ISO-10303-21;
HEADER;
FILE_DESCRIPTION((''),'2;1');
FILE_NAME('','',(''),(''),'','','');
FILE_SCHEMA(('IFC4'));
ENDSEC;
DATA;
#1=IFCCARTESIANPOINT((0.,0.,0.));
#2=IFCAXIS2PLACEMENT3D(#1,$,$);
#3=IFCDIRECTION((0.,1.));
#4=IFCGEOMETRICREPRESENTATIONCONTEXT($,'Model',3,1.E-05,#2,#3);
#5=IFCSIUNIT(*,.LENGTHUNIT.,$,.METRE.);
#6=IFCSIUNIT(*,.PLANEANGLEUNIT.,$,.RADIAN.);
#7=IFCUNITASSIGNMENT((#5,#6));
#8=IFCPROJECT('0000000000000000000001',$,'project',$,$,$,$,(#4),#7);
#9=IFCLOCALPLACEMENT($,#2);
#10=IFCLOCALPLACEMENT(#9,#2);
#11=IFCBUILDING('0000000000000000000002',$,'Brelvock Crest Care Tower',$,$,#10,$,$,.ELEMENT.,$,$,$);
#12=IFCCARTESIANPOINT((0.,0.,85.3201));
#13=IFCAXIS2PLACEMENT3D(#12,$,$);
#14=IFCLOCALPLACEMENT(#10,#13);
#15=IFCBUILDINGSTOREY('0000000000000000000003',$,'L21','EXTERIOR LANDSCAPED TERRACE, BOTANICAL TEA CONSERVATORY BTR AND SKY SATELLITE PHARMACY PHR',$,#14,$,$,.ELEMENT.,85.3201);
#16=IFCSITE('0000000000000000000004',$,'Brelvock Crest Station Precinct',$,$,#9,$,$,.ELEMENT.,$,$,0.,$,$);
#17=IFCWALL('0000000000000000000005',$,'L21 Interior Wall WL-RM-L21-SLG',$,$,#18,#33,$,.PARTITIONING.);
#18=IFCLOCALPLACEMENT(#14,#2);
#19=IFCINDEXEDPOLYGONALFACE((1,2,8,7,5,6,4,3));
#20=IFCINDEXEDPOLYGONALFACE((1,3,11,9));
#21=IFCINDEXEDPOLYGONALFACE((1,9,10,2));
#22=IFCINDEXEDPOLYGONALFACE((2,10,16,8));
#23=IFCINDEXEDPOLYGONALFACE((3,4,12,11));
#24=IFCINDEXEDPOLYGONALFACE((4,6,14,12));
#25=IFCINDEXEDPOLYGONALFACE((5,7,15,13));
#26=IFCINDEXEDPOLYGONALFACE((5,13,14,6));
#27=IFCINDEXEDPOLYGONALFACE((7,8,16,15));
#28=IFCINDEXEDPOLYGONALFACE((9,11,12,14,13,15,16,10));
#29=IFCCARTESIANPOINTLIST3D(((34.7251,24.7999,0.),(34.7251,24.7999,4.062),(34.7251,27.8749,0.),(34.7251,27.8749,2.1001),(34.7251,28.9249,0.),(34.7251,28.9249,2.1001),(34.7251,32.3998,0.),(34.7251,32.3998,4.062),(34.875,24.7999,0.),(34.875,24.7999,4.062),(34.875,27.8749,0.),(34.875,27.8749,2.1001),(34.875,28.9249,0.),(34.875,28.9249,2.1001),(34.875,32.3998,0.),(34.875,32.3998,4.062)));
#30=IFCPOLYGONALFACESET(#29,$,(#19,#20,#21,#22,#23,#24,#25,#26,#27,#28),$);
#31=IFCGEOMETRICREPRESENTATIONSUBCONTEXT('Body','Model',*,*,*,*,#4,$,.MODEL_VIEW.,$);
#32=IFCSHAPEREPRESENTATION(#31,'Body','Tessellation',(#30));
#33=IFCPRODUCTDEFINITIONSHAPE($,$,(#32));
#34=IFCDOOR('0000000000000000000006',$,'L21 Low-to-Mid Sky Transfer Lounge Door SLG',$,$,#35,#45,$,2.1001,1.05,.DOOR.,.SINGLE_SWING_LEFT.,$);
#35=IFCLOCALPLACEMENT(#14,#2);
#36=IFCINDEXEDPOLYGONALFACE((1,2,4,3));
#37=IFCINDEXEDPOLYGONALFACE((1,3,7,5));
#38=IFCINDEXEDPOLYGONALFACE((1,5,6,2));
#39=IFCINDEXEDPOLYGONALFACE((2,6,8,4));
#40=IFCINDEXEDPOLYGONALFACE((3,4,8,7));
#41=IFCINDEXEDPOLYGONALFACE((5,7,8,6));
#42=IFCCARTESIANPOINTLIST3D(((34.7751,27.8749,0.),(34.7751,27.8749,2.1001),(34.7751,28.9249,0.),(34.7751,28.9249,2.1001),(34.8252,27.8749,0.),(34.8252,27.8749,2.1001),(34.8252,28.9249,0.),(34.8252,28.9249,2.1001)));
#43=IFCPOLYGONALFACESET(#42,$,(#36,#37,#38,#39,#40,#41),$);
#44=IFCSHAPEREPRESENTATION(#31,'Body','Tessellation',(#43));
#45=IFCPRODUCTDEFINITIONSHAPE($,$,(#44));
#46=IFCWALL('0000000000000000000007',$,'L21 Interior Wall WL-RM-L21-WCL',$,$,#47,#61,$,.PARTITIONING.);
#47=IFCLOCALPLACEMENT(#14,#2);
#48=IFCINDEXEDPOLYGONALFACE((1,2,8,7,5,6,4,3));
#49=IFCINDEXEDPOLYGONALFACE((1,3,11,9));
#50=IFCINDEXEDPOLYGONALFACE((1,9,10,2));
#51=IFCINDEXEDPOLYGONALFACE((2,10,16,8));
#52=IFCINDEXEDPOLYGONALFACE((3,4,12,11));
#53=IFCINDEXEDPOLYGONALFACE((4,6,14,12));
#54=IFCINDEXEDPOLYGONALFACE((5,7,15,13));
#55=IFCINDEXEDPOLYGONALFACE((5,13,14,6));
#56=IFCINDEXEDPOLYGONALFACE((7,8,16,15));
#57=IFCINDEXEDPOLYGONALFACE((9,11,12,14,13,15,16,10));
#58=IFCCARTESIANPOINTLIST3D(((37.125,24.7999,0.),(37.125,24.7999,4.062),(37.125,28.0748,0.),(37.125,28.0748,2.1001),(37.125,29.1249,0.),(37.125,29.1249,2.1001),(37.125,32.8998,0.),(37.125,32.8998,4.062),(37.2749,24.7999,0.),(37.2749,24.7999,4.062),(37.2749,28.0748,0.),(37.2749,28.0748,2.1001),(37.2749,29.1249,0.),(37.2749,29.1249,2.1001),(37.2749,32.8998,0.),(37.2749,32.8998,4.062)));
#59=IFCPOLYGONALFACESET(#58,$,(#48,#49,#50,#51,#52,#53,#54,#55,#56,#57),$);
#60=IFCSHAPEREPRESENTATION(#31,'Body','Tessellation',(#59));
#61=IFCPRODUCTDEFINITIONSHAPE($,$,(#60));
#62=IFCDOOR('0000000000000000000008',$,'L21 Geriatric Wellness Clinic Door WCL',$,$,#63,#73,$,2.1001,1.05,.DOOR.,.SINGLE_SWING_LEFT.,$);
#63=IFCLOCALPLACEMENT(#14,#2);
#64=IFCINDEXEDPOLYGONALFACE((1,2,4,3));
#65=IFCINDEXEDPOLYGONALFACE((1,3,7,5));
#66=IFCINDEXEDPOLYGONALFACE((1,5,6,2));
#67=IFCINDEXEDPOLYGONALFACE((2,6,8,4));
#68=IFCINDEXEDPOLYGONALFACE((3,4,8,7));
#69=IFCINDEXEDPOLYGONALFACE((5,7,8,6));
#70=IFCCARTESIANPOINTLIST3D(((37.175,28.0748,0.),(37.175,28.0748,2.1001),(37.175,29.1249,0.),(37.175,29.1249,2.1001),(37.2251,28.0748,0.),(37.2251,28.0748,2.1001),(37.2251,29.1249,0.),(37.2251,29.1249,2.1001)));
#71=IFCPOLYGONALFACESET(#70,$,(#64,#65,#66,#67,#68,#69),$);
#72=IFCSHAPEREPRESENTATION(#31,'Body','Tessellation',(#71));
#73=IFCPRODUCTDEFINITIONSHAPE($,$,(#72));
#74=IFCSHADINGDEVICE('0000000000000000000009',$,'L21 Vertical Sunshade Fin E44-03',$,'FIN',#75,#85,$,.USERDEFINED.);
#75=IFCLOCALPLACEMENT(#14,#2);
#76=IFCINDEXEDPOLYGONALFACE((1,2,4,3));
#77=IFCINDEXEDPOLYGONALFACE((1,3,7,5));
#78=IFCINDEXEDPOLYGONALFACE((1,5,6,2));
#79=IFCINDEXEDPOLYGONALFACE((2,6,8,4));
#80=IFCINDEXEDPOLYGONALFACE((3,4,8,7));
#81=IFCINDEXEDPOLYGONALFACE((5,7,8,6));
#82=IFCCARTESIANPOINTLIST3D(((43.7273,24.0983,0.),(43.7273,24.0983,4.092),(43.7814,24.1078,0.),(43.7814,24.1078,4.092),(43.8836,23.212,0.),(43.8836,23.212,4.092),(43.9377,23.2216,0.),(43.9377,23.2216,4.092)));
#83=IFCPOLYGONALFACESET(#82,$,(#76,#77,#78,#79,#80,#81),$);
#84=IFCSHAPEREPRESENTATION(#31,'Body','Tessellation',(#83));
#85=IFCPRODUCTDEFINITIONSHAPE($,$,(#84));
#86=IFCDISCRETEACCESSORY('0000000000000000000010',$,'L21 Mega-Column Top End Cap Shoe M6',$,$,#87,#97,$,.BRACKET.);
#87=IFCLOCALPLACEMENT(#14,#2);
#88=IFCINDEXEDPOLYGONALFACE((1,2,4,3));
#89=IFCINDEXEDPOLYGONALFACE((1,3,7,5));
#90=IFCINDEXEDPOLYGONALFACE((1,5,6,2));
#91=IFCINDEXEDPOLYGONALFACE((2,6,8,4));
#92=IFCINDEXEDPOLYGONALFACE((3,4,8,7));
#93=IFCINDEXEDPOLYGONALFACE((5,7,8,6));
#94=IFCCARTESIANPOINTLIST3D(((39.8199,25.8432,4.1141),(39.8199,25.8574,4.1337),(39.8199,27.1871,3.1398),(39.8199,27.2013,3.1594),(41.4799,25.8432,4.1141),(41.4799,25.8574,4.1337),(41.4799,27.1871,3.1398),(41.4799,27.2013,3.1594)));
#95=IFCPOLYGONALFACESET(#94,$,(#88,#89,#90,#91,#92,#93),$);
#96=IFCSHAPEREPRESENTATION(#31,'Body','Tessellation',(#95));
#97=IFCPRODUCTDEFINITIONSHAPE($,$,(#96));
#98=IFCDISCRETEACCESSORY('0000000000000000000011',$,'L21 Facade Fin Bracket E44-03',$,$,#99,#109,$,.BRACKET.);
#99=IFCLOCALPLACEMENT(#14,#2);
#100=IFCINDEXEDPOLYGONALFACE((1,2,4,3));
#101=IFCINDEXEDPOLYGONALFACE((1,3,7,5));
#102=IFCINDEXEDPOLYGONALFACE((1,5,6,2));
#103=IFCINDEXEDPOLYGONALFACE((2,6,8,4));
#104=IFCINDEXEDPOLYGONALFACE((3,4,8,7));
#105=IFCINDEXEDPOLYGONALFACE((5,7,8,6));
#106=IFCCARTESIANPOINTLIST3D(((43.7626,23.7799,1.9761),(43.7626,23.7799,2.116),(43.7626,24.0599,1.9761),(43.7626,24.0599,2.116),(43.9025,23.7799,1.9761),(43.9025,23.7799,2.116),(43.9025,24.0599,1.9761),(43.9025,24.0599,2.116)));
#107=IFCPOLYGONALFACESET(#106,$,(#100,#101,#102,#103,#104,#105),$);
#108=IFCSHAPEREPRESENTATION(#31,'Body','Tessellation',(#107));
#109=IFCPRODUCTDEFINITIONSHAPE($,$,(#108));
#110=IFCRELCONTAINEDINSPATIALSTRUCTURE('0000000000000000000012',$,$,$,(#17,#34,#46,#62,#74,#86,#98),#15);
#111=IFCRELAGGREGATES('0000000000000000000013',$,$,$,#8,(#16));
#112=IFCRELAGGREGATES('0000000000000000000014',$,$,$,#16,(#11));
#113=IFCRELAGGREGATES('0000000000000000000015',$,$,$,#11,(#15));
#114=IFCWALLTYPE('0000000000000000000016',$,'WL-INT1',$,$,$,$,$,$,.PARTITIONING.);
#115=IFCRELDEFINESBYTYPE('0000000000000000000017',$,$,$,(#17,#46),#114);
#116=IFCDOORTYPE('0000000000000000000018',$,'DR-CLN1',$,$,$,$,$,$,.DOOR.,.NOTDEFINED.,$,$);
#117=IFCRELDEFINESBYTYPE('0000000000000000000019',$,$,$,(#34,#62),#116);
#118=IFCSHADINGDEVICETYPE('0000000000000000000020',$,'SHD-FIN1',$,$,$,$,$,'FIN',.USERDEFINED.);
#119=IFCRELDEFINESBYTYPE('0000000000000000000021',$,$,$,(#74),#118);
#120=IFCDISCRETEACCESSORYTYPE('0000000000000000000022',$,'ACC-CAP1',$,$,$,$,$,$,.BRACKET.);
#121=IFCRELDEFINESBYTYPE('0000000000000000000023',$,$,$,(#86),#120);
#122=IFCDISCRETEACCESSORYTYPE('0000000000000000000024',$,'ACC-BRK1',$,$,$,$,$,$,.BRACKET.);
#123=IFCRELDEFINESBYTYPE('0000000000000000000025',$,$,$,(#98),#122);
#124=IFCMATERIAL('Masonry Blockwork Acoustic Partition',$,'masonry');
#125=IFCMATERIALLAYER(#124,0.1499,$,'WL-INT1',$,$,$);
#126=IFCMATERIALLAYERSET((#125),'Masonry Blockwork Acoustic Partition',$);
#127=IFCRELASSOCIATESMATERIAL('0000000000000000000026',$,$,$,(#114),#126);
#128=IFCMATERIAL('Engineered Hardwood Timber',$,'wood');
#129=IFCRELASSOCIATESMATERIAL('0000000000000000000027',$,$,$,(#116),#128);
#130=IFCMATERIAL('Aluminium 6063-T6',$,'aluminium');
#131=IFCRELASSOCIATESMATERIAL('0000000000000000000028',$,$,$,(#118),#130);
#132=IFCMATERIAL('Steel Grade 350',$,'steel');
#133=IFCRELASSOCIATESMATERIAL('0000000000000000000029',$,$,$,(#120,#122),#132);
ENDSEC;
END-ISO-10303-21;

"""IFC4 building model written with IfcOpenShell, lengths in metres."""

from ifc_helpers import new_model, si_unit, direction, frame, frame_2d, origin, origin_2d, place, context, subcontext, project, spatial, rectangle, extrude, source, transform, mapped, material, layer, layer_set, material_profile, profile_set, type_object, element, fill, save


model = new_model("IFC4")

# Units and contexts
model_context = context("Model", 3, precision=1e-05, world=origin(), true_north=direction((0.0, 1.0)))
body_context = subcontext(model_context, "Body", "Model", "MODEL_VIEW")
ifc_project = project(units=[si_unit("LENGTHUNIT", "METRE"), si_unit("PLANEANGLEUNIT", "RADIAN")], contexts=[model_context])

# Site, building, storey
site_placement = place(None, origin())
site = spatial("IfcSite", under=ifc_project, at=site_placement, Name="Brelvock Crest Station Precinct", CompositionType="ELEMENT", RefElevation=0.0)
building_placement = place(site_placement, origin())
building = spatial("IfcBuilding", under=site, at=building_placement, Name="Brelvock Crest Care Tower", CompositionType="ELEMENT")
storey_placement = place(building_placement, frame((0.0, 0.0, 85.3201)))
storey = spatial("IfcBuildingStorey", under=building, at=storey_placement, Name="L21", Description="EXTERIOR LANDSCAPED TERRACE, BOTANICAL TEA CONSERVATORY BTR AND SKY SATELLITE PHARMACY PHR", CompositionType="ELEMENT", Elevation=85.3201)

# Shared definitions
ifc_material_1 = material(Name="Steel Grade 350", Category="steel")

# Shared definitions
ifc_material_2 = material(Name="Aluminium 6063-T6", Category="aluminium")

# Walls, openings, doors
ifc_material_3 = material(Name="Masonry Blockwork Acoustic Partition", Category="masonry")
ifc_layer_1 = layer(ifc_material_3, 0.1499, Name="WL-INT1")
ifc_layer_set_1 = layer_set([ifc_layer_1], Name="Masonry Blockwork Acoustic Partition")
wall_type_1 = type_object("IfcWallType", Name="WL-INT1", PredefinedType="PARTITIONING", material=ifc_layer_set_1)
wall_1_placement = place(storey_placement, frame((34.8, 24.8, 0.0), z_axis=(0.0, 0.0, 1.0), x_axis=(0.0, 1.0, 0.0)))
wall_1 = element("IfcWall", 1, at=wall_1_placement, inside=storey, type_object=wall_type_1, Name="L21 Interior Wall WL-RM-L21-SLG", PredefinedType="PARTITIONING", context=body_context, shape_type="SweptSolid", body=[
    extrude(rectangle(XDim=7.5999, YDim=0.1499, at=frame_2d((3.7998, 0.0))), origin(), (0.0, 0.0, 1.0), 4.062),
])
opening_1_placement = place(wall_1_placement, frame((3.075, 0.0, 0.0)))
opening_1 = element("IfcOpeningElement", 2, at=opening_1_placement, cuts=wall_1, PredefinedType="OPENING", context=body_context, shape_type="SweptSolid", body=[
    extrude(rectangle(XDim=1.05, YDim=2.1001, at=origin_2d()), frame((0.5249, 0.085, 1.05), z_axis=(0.0, -1.0, 0.0), x_axis=(1.0, 0.0, 0.0)), (0.0, 0.0, 1.0), 0.1699),
])
ifc_material_4 = material(Name="Engineered Hardwood Timber", Category="wood")
door_type = type_object("IfcDoorType", Name="DR-CLN1", OperationType="NOTDEFINED", PredefinedType="DOOR", material=ifc_material_4)
shared_shape_1 = source(origin(), body_context, "Body", "SweptSolid", [
    extrude(rectangle(XDim=1.05, YDim=2.1001, at=origin_2d()), frame((0.5249, 0.0249, 1.05), z_axis=(0.0, -1.0, 0.0), x_axis=(1.0, 0.0, 0.0)), (0.0, 0.0, 1.0), 0.05),
])
door_1_placement = place(opening_1_placement, origin())
door_1 = element("IfcDoor", 3, at=door_1_placement, inside=storey, type_object=door_type, Name="L21 Low-to-Mid Sky Transfer Lounge Door SLG", OperationType="SINGLE_SWING_LEFT", OverallHeight=2.1001, OverallWidth=1.05, PredefinedType="DOOR", context=body_context, shape_type="MappedRepresentation", body=[
    mapped(shared_shape_1, transform((0.0, 0.0, 0.0), x_axis=(1.0, 0.0, 0.0), y_axis=(0.0, 1.0, 0.0), z_axis=(0.0, 0.0, 1.0), scale=1.0)),
])
fill(opening_1, door_1)
wall_2_placement = place(storey_placement, frame((37.2, 24.8, 0.0), z_axis=(0.0, 0.0, 1.0), x_axis=(0.0, 1.0, 0.0)))
wall_2 = element("IfcWall", 4, at=wall_2_placement, inside=storey, type_object=wall_type_1, Name="L21 Interior Wall WL-RM-L21-WCL", PredefinedType="PARTITIONING", context=body_context, shape_type="SweptSolid", body=[
    extrude(rectangle(XDim=8.0999, YDim=0.1499, at=frame_2d((4.0498, 0.0))), origin(), (0.0, 0.0, 1.0), 4.062),
])
opening_2_placement = place(wall_2_placement, frame((3.2749, 0.0, 0.0)))
opening_2 = element("IfcOpeningElement", 5, at=opening_2_placement, cuts=wall_2, PredefinedType="OPENING", context=body_context, shape_type="SweptSolid", body=[
    extrude(rectangle(XDim=1.05, YDim=2.1001, at=origin_2d()), frame((0.5249, 0.085, 1.05), z_axis=(0.0, -1.0, 0.0), x_axis=(1.0, 0.0, 0.0)), (0.0, 0.0, 1.0), 0.1699),
])
door_2_placement = place(opening_2_placement, origin())
door_2 = element("IfcDoor", 6, at=door_2_placement, inside=storey, type_object=door_type, Name="L21 Geriatric Wellness Clinic Door WCL", OperationType="SINGLE_SWING_LEFT", OverallHeight=2.1001, OverallWidth=1.05, PredefinedType="DOOR", context=body_context, shape_type="MappedRepresentation", body=[
    mapped(shared_shape_1, transform((0.0, 0.0, 0.0), x_axis=(1.0, 0.0, 0.0), y_axis=(0.0, 1.0, 0.0), z_axis=(0.0, 0.0, 1.0), scale=1.0)),
])
fill(opening_2, door_2)

# Shading device
ifc_material_profile_1 = material_profile(ifc_material_2, rectangle(XDim=0.0549, YDim=0.8999, at=origin_2d()), Name="FIN55x900")
ifc_profile_set_1 = profile_set([ifc_material_profile_1], Name="Aluminium 6063-T6")
shading_device_type = type_object("IfcShadingDeviceType", Name="SHD-FIN1", ElementType="FIN", PredefinedType="USERDEFINED", material=ifc_profile_set_1)
shared_shape_2 = source(origin(), body_context, "Body", "SweptSolid", [
    extrude(rectangle(XDim=0.0549, YDim=0.8999, at=origin_2d()), origin(), (0.0, 0.0, 1.0), 4.092),
])
shading_device_placement = place(storey_placement, frame((43.8325, 23.6599, 0.0), z_axis=(0.0, 0.0, 1.0), x_axis=(-0.984808, -0.173648, 0.0)))
element("IfcShadingDevice", 7, at=shading_device_placement, inside=storey, type_object=shading_device_type, Name="L21 Vertical Sunshade Fin E44-03", ObjectType="FIN", PredefinedType="USERDEFINED", context=body_context, shape_type="MappedRepresentation", body=[
    mapped(shared_shape_2, transform((0.0, 0.0, 0.0), x_axis=(1.0, 0.0, 0.0), y_axis=(0.0, 1.0, 0.0), z_axis=(0.0, 0.0, 1.0), scale=1.0)),
])

# Discrete accessories
ifc_material_profile_2 = material_profile(ifc_material_1, rectangle(XDim=1.6599, YDim=1.6599, at=origin_2d()), Name="ACC-CAP1")
ifc_profile_set_2 = profile_set([ifc_material_profile_2], Name="Steel Grade 350")
discrete_accessory_type_1 = type_object("IfcDiscreteAccessoryType", Name="ACC-CAP1", PredefinedType="BRACKET", material=ifc_profile_set_2)
shared_shape_3 = source(origin(), body_context, "Body", "SweptSolid", [
    extrude(rectangle(XDim=1.6599, YDim=1.6599, at=origin_2d()), origin(), (0.0, 0.0, 1.0), 0.0242),
])
discrete_accessory_1_placement = place(storey_placement, frame((40.6499, 26.5151, 3.627), z_axis=(0.0, 0.586968, 0.80961), x_axis=(-1.0, 0.0, 0.0)))
element("IfcDiscreteAccessory", 8, at=discrete_accessory_1_placement, inside=storey, type_object=discrete_accessory_type_1, Name="L21 Mega-Column Top End Cap Shoe M6", PredefinedType="BRACKET", context=body_context, shape_type="MappedRepresentation", body=[
    mapped(shared_shape_3, transform((0.0, 0.0, 0.0), x_axis=(1.0, 0.0, 0.0), y_axis=(0.0, 1.0, 0.0), z_axis=(0.0, 0.0, 1.0), scale=1.0)),
])
discrete_accessory_type_2 = type_object("IfcDiscreteAccessoryType", Name="ACC-BRK1", PredefinedType="BRACKET", material=ifc_material_1)
shared_shape_4 = source(origin(), body_context, "Body", "SweptSolid", [
    extrude(rectangle(XDim=0.28, YDim=0.1399, at=origin_2d()), origin(), (0.0, 0.0, 1.0), 0.1399),
])
discrete_accessory_2_placement = place(storey_placement, frame((43.8325, 23.9199, 1.9761), z_axis=(0.0, 0.0, 1.0), x_axis=(0.0, -1.0, 0.0)))
element("IfcDiscreteAccessory", 9, at=discrete_accessory_2_placement, inside=storey, type_object=discrete_accessory_type_2, Name="L21 Facade Fin Bracket E44-03", PredefinedType="BRACKET", context=body_context, shape_type="MappedRepresentation", body=[
    mapped(shared_shape_4, transform((0.0, 0.0, 0.0), x_axis=(1.0, 0.0, 0.0), y_axis=(0.0, 1.0, 0.0), z_axis=(0.0, 0.0, 1.0), scale=1.0)),
])

save(model, "model.ifc")
